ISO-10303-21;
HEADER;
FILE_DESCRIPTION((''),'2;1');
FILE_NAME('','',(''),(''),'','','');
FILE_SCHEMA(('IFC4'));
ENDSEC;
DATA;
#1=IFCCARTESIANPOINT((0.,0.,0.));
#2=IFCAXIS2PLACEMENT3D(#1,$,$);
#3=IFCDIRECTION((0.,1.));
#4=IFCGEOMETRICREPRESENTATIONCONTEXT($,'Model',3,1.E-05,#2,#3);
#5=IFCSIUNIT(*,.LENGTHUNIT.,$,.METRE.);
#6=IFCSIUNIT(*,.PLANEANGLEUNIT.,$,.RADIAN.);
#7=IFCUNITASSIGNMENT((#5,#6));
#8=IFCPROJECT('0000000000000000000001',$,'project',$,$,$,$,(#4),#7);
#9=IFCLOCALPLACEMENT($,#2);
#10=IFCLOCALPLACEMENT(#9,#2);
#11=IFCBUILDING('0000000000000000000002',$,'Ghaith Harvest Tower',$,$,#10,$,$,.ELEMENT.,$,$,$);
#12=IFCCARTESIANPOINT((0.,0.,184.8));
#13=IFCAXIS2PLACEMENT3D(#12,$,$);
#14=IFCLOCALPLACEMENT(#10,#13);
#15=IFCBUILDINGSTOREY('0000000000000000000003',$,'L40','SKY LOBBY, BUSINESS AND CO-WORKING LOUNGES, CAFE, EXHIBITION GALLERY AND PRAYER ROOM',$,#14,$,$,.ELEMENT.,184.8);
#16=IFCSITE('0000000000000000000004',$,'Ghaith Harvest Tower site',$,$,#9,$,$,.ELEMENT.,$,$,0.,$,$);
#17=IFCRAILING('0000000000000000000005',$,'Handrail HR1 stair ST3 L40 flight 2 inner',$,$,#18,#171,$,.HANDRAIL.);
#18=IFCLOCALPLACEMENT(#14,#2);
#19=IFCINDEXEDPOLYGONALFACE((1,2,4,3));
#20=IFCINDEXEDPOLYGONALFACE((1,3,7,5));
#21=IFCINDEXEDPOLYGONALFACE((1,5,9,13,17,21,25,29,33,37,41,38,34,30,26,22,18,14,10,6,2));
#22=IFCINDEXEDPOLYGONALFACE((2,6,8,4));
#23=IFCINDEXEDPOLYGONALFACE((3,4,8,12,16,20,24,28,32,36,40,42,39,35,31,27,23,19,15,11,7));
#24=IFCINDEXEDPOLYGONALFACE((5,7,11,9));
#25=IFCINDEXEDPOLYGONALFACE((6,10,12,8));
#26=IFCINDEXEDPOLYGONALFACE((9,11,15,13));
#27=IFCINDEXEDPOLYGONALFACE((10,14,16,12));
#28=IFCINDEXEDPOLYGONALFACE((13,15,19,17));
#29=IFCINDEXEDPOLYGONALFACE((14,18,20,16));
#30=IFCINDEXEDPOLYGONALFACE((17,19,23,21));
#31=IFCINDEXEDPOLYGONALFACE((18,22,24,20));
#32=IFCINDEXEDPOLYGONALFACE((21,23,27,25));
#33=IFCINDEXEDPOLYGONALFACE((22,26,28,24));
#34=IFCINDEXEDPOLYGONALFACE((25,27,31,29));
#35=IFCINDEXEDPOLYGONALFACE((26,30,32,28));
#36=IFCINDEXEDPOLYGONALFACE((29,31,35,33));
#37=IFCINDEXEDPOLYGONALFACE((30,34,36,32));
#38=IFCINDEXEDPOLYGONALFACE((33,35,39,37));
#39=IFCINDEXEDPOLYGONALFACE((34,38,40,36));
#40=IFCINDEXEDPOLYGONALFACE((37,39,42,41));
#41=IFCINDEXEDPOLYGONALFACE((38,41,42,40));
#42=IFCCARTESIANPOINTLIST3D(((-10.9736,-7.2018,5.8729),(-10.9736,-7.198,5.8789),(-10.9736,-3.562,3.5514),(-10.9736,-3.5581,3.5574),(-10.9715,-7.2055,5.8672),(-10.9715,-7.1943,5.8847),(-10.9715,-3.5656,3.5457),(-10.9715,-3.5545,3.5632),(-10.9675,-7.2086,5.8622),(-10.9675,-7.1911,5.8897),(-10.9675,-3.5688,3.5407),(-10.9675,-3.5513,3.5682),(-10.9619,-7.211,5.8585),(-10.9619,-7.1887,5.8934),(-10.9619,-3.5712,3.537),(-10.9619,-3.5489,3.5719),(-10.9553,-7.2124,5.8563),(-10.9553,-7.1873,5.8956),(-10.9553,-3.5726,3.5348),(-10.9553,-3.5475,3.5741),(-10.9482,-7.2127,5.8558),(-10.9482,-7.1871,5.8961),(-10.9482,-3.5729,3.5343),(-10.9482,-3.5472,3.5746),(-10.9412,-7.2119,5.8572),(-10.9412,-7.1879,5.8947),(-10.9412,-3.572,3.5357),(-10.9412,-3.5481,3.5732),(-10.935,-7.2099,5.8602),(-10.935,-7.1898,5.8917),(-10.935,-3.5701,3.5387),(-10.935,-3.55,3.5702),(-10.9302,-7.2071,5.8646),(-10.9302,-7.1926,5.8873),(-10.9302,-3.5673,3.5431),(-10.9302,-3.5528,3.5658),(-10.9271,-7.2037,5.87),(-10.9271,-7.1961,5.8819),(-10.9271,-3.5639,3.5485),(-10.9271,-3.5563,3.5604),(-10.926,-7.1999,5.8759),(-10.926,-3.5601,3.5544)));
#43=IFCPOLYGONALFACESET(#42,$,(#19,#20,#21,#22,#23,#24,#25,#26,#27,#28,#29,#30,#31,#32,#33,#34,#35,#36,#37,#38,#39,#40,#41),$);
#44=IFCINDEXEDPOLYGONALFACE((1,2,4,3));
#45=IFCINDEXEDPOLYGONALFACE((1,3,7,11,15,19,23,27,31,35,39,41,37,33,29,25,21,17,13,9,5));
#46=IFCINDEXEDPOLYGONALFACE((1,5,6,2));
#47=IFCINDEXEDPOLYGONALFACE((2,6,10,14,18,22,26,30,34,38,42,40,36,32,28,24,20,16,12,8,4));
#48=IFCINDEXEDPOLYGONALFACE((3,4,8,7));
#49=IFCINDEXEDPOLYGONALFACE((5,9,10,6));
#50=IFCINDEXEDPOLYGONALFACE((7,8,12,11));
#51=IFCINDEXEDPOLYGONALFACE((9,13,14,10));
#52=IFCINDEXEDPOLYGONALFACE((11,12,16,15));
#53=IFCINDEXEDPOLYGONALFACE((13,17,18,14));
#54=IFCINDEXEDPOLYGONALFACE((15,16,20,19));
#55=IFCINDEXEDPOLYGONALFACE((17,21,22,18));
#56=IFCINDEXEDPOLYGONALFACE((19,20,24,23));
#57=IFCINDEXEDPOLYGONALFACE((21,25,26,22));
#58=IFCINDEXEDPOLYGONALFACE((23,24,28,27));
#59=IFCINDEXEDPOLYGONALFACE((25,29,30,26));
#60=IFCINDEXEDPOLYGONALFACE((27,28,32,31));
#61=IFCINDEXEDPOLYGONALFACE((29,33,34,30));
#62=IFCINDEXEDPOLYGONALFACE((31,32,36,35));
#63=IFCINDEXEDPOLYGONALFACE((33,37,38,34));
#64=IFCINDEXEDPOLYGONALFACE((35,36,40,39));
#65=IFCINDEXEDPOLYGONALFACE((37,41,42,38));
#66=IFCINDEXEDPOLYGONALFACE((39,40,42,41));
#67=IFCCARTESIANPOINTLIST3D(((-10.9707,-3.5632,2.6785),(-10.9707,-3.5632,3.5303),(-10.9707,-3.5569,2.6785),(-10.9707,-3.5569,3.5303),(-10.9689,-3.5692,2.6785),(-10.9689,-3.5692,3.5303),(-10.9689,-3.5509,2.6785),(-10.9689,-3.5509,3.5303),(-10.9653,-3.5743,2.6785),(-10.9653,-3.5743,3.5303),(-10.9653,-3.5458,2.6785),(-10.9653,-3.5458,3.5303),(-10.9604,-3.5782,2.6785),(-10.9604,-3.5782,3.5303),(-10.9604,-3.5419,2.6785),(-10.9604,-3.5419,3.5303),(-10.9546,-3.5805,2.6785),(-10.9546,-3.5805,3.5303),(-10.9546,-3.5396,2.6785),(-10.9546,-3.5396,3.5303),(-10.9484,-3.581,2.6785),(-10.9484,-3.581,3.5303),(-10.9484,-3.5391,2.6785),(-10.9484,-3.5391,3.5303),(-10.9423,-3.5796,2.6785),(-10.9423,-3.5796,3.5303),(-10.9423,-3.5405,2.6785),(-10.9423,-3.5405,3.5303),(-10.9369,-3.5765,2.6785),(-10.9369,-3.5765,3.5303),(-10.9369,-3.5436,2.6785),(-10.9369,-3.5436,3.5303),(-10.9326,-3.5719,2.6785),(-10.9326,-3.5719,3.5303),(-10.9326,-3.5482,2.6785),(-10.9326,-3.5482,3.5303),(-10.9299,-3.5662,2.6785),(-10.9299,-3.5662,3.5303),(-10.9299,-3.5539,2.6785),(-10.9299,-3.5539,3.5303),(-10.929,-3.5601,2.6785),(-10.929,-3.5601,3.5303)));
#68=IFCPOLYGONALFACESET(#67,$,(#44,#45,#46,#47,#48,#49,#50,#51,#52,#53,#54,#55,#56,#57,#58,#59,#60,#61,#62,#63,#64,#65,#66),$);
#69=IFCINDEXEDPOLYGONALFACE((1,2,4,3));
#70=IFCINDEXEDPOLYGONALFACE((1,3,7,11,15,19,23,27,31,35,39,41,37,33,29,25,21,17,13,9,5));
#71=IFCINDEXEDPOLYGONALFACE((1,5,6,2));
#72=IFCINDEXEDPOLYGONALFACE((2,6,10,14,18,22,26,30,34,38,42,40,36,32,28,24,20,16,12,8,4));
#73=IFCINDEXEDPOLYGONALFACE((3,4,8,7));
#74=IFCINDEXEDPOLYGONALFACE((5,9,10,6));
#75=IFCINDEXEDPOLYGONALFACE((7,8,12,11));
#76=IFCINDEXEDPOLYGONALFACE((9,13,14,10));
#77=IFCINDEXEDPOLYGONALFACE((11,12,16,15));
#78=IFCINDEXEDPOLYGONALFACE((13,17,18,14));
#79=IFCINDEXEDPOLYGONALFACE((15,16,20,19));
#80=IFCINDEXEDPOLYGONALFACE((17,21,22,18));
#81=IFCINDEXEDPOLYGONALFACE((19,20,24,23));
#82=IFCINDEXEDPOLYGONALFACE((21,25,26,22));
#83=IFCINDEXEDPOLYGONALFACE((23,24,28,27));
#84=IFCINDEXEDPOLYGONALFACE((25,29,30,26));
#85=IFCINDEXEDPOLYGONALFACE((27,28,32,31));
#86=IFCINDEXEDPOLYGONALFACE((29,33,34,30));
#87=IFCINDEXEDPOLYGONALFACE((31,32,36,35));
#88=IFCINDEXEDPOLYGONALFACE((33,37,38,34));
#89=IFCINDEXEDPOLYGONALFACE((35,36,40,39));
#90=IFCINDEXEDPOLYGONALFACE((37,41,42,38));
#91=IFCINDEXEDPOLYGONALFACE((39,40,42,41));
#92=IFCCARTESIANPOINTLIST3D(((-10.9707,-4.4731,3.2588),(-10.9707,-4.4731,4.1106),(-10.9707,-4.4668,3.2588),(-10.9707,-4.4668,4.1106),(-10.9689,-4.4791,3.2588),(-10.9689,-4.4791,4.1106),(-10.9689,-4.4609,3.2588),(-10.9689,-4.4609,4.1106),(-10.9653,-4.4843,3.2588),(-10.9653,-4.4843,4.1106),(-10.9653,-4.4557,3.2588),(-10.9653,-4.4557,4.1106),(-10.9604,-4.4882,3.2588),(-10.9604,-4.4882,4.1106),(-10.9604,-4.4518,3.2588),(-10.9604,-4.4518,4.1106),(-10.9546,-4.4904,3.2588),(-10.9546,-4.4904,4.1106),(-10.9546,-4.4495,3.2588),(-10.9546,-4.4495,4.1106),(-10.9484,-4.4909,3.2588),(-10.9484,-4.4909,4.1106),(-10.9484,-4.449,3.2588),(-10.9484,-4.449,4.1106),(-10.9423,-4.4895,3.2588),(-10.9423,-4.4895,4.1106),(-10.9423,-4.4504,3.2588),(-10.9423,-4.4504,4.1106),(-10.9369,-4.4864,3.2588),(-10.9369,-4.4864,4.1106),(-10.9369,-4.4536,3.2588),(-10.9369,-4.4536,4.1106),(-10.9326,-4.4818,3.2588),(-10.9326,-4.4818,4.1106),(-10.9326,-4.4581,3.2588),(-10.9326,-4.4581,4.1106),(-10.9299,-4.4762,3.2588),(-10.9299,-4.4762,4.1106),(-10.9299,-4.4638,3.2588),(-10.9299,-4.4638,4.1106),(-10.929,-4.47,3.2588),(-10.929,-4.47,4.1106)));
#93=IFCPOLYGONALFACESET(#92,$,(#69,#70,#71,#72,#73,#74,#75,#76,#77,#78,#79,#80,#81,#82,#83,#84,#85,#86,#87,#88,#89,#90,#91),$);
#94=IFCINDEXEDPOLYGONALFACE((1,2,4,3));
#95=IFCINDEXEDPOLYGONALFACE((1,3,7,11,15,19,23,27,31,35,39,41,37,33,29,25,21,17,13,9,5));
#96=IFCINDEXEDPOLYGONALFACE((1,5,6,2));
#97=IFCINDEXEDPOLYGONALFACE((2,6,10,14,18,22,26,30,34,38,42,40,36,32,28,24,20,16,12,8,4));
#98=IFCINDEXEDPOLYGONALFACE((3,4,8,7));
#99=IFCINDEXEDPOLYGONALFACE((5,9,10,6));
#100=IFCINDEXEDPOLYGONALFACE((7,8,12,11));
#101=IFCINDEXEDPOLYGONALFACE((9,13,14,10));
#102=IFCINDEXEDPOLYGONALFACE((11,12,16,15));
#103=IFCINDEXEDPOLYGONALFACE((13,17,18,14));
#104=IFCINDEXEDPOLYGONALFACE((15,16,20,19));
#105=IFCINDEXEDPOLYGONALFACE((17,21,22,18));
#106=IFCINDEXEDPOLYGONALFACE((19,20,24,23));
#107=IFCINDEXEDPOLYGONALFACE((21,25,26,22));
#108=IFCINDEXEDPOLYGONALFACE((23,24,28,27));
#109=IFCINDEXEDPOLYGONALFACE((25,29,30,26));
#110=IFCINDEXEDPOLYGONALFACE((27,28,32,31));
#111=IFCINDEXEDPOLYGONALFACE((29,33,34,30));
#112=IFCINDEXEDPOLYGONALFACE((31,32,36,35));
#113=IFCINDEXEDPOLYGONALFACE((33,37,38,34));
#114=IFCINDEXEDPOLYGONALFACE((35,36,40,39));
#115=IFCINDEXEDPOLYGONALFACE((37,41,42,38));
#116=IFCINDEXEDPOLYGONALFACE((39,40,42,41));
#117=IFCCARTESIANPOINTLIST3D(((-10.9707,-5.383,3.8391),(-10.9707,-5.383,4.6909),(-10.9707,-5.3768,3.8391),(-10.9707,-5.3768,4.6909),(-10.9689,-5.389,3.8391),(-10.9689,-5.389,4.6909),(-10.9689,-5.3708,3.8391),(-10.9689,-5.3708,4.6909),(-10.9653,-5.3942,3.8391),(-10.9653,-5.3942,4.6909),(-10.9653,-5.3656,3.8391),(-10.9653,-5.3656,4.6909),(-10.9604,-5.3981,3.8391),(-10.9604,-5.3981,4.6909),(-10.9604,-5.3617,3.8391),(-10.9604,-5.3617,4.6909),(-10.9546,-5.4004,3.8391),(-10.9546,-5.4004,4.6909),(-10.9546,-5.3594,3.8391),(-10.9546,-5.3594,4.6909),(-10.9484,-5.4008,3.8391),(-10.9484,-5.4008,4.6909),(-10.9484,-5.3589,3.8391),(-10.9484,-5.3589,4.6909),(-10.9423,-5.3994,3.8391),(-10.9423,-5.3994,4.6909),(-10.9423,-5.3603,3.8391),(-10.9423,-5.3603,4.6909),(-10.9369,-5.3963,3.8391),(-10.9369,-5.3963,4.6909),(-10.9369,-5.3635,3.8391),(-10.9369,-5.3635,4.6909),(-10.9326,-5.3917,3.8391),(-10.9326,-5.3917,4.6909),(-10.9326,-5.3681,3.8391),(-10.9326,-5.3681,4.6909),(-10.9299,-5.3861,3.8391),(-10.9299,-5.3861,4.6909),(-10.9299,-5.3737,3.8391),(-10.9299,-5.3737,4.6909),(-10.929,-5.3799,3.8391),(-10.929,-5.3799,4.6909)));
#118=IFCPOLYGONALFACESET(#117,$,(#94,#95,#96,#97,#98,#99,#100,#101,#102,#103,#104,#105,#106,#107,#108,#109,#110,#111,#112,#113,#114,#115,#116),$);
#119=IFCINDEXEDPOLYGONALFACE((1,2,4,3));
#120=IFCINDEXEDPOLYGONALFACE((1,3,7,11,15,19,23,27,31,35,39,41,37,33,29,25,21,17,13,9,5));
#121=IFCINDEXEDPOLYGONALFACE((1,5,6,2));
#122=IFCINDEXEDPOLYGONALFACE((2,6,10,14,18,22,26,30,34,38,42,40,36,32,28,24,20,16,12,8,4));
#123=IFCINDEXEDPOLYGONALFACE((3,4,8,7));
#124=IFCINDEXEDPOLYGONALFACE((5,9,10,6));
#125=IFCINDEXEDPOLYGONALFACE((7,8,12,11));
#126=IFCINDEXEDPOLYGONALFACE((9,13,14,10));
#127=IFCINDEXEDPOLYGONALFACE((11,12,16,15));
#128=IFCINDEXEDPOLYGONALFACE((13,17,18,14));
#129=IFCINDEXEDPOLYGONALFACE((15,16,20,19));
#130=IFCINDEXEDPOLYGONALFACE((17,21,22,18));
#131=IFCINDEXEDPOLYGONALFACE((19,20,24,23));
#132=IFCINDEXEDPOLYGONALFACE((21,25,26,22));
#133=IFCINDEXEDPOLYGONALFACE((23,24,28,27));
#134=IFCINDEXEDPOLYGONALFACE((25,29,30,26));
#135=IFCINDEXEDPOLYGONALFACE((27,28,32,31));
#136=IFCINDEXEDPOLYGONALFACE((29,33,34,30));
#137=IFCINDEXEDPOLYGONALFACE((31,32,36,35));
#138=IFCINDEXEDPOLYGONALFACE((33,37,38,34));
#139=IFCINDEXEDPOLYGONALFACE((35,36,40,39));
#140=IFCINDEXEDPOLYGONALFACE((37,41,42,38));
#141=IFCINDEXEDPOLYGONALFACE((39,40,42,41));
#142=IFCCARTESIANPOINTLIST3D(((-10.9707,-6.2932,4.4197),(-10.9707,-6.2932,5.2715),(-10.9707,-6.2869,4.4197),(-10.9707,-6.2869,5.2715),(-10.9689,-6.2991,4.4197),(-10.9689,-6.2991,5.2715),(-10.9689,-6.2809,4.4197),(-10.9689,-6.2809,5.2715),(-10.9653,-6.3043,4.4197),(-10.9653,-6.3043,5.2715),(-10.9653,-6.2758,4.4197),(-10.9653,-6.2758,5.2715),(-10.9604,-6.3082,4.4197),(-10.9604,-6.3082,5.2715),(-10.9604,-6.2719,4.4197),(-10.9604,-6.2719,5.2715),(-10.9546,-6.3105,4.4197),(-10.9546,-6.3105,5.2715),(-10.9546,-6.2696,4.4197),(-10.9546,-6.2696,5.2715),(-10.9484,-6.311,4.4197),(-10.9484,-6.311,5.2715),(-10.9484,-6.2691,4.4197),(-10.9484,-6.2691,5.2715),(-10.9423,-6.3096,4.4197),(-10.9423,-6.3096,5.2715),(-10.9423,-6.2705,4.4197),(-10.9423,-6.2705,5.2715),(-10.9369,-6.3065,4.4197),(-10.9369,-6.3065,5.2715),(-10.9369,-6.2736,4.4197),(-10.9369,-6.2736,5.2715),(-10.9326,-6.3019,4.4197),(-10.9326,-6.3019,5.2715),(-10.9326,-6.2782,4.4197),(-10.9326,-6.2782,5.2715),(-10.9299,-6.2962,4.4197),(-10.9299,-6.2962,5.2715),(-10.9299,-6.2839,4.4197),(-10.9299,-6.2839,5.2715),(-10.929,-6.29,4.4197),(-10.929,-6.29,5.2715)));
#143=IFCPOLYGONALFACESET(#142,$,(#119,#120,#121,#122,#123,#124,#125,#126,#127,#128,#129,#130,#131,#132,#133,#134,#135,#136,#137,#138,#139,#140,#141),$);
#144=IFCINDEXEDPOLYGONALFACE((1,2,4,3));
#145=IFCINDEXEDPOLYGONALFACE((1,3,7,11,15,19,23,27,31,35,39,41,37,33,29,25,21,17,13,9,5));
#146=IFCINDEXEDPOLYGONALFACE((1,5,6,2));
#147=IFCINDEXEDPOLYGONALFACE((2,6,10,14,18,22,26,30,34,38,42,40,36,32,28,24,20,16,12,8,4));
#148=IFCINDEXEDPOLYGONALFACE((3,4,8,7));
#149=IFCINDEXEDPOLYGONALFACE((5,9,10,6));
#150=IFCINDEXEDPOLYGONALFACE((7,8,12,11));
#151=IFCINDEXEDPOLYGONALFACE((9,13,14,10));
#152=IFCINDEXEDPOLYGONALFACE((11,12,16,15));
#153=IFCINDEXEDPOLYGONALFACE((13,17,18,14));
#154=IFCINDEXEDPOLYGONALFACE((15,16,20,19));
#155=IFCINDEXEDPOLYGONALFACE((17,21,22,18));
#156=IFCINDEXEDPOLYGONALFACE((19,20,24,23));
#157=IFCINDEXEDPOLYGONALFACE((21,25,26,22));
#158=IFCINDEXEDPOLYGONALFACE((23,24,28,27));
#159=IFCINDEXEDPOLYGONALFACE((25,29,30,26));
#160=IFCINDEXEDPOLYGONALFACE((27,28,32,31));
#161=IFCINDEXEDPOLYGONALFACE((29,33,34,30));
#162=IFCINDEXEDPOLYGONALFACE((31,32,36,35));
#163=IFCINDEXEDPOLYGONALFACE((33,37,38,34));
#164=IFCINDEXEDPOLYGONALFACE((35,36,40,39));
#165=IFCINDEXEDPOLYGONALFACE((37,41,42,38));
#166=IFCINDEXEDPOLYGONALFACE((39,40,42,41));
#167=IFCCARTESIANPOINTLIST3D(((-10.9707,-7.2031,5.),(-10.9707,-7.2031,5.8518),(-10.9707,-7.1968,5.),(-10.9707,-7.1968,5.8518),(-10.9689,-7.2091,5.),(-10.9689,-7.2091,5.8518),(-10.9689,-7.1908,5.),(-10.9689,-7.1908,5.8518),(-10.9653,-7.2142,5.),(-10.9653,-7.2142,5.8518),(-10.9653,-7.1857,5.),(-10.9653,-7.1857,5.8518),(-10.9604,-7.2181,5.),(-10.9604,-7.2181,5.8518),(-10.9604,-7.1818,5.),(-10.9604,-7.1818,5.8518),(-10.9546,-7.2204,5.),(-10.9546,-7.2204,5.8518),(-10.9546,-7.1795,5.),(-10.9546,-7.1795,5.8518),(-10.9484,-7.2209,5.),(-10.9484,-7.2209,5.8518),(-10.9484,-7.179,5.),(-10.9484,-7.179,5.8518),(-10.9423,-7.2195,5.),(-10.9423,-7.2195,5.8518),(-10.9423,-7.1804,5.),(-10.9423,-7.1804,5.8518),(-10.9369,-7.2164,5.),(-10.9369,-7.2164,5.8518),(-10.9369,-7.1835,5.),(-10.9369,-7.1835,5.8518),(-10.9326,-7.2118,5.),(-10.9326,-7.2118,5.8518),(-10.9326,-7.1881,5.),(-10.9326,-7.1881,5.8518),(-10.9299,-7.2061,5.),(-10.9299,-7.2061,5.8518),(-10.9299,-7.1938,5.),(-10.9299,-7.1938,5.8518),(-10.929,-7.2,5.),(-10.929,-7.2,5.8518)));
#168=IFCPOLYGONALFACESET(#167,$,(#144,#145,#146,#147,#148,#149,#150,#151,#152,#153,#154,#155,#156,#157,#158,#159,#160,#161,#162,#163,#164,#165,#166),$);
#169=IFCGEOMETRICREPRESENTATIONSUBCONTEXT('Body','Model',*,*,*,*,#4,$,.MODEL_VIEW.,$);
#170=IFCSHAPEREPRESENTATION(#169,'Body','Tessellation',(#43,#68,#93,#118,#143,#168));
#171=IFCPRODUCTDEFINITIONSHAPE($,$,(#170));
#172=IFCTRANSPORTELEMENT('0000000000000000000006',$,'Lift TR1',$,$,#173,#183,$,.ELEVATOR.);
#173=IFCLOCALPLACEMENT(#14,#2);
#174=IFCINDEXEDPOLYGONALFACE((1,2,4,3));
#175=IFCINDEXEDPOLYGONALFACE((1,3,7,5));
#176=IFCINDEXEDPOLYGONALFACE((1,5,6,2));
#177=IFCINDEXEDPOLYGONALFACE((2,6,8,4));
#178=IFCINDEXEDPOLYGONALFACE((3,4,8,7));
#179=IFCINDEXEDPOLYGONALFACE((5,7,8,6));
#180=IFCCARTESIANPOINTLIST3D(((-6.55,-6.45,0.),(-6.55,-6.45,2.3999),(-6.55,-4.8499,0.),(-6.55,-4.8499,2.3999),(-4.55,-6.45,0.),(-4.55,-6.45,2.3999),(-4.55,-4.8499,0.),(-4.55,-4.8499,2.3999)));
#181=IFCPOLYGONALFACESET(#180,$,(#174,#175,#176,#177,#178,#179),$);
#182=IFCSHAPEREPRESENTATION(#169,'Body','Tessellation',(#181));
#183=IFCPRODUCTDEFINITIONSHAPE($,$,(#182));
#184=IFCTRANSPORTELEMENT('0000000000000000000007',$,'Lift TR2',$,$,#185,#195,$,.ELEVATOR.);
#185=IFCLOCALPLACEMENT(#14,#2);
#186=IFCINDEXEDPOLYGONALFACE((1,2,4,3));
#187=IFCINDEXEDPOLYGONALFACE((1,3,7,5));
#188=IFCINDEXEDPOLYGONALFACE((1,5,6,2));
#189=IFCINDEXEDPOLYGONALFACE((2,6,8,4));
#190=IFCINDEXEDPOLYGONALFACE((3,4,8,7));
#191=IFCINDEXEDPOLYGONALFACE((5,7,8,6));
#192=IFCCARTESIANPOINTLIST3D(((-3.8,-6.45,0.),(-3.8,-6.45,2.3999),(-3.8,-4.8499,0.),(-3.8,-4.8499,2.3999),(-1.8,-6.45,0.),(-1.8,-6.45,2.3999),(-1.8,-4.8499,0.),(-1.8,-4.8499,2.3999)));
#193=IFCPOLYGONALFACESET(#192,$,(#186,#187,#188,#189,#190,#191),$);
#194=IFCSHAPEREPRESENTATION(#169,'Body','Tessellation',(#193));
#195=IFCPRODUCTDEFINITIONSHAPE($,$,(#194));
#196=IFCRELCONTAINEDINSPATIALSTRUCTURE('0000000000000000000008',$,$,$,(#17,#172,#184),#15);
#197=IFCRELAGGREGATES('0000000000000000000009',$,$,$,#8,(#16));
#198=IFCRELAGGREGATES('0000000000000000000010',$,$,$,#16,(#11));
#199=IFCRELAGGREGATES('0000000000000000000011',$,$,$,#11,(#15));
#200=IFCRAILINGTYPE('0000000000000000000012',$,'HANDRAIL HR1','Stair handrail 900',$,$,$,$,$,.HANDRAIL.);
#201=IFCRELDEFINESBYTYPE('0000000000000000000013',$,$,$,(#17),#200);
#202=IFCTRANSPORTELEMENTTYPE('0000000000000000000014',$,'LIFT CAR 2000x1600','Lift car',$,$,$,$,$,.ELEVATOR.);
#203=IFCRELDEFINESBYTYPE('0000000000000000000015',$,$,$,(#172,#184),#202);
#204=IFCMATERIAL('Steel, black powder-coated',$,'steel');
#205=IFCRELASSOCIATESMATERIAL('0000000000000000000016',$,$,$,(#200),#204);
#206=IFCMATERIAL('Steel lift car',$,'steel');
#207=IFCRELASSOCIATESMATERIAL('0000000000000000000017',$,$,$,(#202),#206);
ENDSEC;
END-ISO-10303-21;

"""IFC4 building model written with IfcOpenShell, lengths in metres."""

from ifc_helpers import new_model, si_unit, direction, frame, origin, origin_2d, place, context, subcontext, project, spatial, rectangle, circle, extrude, material, type_object, element, save


model = new_model("IFC4")

# Units and contexts
model_context = context("Model", 3, precision=1e-05, world=origin(), true_north=direction((0.0, 1.0)))
body_context = subcontext(model_context, "Body", "Model", "MODEL_VIEW")
ifc_project = project(units=[si_unit("LENGTHUNIT", "METRE"), si_unit("PLANEANGLEUNIT", "RADIAN")], contexts=[model_context])

# Site, building, storey
site_placement = place(None, origin())
site = spatial("IfcSite", under=ifc_project, at=site_placement, Name="Ghaith Harvest Tower site", CompositionType="ELEMENT", RefElevation=0.0)
building_placement = place(site_placement, origin())
building = spatial("IfcBuilding", under=site, at=building_placement, Name="Ghaith Harvest Tower", CompositionType="ELEMENT")
storey_placement = place(building_placement, frame((0.0, 0.0, 184.8)))
storey = spatial("IfcBuildingStorey", under=building, at=storey_placement, Name="L40", Description="SKY LOBBY, BUSINESS AND CO-WORKING LOUNGES, CAFE, EXHIBITION GALLERY AND PRAYER ROOM", CompositionType="ELEMENT", Elevation=184.8)

# Railing
ifc_material_1 = material(Name="Steel, black powder-coated", Category="steel")
railing_type = type_object("IfcRailingType", Name="HANDRAIL HR1", Description="Stair handrail 900", PredefinedType="HANDRAIL", material=ifc_material_1)
railing_1_placement = place(storey_placement, frame((-10.95, -3.5601, 2.6785)))
element("IfcRailing", 1, at=railing_1_placement, inside=storey, type_object=railing_type, Name="Handrail HR1 stair ST3 L40 flight 2 inner", PredefinedType="HANDRAIL", context=body_context, shape_type="SweptSolid", body=[
    extrude(circle(Radius=0.0239, at=origin_2d()), frame((0.0, 0.0, 0.876), z_axis=(0.0, -0.843112, 0.537739), x_axis=(1.0, 0.0, 0.0)), (0.0, 0.0, 1.0), 4.3171),
    extrude(circle(Radius=0.021, at=origin_2d()), origin(), (0.0, 0.0, 1.0), 0.8518),
    extrude(circle(Radius=0.021, at=origin_2d()), frame((0.0, -0.9099, 0.5803)), (0.0, 0.0, 1.0), 0.8518),
    extrude(circle(Radius=0.021, at=origin_2d()), frame((0.0, -1.8198, 1.1606)), (0.0, 0.0, 1.0), 0.8518),
    extrude(circle(Radius=0.021, at=origin_2d()), frame((0.0, -2.73, 1.7412)), (0.0, 0.0, 1.0), 0.8518),
    extrude(circle(Radius=0.021, at=origin_2d()), frame((0.0, -3.6399, 2.3215)), (0.0, 0.0, 1.0), 0.8518),
])

# Transport elements
ifc_material_2 = material(Name="Steel lift car", Category="steel")
transport_element_type = type_object("IfcTransportElementType", Name="LIFT CAR 2000x1600", Description="Lift car", PredefinedType="ELEVATOR", material=ifc_material_2)
for number, where, z_axis, x_axis, name in (
    (2, (-5.55, -5.6499, 0.0), (0.0, 0.0, 1.0), (1.0, 0.0, 0.0), "Lift TR1"),
    (3, (-2.8, -5.6499, 0.0), (0.0, 0.0, 1.0), (1.0, 0.0, 0.0), "Lift TR2"),
):
    element("IfcTransportElement", number, at=place(storey_placement, frame(where, z_axis=z_axis, x_axis=x_axis)), inside=storey, type_object=transport_element_type, Name=name, PredefinedType="ELEVATOR", context=body_context, shape_type="SweptSolid", body=[
        extrude(rectangle(XDim=2.0, YDim=1.6001, at=origin_2d()), origin(), (0.0, 0.0, 1.0), 2.3999),
    ])

save(model, "model.ifc")
